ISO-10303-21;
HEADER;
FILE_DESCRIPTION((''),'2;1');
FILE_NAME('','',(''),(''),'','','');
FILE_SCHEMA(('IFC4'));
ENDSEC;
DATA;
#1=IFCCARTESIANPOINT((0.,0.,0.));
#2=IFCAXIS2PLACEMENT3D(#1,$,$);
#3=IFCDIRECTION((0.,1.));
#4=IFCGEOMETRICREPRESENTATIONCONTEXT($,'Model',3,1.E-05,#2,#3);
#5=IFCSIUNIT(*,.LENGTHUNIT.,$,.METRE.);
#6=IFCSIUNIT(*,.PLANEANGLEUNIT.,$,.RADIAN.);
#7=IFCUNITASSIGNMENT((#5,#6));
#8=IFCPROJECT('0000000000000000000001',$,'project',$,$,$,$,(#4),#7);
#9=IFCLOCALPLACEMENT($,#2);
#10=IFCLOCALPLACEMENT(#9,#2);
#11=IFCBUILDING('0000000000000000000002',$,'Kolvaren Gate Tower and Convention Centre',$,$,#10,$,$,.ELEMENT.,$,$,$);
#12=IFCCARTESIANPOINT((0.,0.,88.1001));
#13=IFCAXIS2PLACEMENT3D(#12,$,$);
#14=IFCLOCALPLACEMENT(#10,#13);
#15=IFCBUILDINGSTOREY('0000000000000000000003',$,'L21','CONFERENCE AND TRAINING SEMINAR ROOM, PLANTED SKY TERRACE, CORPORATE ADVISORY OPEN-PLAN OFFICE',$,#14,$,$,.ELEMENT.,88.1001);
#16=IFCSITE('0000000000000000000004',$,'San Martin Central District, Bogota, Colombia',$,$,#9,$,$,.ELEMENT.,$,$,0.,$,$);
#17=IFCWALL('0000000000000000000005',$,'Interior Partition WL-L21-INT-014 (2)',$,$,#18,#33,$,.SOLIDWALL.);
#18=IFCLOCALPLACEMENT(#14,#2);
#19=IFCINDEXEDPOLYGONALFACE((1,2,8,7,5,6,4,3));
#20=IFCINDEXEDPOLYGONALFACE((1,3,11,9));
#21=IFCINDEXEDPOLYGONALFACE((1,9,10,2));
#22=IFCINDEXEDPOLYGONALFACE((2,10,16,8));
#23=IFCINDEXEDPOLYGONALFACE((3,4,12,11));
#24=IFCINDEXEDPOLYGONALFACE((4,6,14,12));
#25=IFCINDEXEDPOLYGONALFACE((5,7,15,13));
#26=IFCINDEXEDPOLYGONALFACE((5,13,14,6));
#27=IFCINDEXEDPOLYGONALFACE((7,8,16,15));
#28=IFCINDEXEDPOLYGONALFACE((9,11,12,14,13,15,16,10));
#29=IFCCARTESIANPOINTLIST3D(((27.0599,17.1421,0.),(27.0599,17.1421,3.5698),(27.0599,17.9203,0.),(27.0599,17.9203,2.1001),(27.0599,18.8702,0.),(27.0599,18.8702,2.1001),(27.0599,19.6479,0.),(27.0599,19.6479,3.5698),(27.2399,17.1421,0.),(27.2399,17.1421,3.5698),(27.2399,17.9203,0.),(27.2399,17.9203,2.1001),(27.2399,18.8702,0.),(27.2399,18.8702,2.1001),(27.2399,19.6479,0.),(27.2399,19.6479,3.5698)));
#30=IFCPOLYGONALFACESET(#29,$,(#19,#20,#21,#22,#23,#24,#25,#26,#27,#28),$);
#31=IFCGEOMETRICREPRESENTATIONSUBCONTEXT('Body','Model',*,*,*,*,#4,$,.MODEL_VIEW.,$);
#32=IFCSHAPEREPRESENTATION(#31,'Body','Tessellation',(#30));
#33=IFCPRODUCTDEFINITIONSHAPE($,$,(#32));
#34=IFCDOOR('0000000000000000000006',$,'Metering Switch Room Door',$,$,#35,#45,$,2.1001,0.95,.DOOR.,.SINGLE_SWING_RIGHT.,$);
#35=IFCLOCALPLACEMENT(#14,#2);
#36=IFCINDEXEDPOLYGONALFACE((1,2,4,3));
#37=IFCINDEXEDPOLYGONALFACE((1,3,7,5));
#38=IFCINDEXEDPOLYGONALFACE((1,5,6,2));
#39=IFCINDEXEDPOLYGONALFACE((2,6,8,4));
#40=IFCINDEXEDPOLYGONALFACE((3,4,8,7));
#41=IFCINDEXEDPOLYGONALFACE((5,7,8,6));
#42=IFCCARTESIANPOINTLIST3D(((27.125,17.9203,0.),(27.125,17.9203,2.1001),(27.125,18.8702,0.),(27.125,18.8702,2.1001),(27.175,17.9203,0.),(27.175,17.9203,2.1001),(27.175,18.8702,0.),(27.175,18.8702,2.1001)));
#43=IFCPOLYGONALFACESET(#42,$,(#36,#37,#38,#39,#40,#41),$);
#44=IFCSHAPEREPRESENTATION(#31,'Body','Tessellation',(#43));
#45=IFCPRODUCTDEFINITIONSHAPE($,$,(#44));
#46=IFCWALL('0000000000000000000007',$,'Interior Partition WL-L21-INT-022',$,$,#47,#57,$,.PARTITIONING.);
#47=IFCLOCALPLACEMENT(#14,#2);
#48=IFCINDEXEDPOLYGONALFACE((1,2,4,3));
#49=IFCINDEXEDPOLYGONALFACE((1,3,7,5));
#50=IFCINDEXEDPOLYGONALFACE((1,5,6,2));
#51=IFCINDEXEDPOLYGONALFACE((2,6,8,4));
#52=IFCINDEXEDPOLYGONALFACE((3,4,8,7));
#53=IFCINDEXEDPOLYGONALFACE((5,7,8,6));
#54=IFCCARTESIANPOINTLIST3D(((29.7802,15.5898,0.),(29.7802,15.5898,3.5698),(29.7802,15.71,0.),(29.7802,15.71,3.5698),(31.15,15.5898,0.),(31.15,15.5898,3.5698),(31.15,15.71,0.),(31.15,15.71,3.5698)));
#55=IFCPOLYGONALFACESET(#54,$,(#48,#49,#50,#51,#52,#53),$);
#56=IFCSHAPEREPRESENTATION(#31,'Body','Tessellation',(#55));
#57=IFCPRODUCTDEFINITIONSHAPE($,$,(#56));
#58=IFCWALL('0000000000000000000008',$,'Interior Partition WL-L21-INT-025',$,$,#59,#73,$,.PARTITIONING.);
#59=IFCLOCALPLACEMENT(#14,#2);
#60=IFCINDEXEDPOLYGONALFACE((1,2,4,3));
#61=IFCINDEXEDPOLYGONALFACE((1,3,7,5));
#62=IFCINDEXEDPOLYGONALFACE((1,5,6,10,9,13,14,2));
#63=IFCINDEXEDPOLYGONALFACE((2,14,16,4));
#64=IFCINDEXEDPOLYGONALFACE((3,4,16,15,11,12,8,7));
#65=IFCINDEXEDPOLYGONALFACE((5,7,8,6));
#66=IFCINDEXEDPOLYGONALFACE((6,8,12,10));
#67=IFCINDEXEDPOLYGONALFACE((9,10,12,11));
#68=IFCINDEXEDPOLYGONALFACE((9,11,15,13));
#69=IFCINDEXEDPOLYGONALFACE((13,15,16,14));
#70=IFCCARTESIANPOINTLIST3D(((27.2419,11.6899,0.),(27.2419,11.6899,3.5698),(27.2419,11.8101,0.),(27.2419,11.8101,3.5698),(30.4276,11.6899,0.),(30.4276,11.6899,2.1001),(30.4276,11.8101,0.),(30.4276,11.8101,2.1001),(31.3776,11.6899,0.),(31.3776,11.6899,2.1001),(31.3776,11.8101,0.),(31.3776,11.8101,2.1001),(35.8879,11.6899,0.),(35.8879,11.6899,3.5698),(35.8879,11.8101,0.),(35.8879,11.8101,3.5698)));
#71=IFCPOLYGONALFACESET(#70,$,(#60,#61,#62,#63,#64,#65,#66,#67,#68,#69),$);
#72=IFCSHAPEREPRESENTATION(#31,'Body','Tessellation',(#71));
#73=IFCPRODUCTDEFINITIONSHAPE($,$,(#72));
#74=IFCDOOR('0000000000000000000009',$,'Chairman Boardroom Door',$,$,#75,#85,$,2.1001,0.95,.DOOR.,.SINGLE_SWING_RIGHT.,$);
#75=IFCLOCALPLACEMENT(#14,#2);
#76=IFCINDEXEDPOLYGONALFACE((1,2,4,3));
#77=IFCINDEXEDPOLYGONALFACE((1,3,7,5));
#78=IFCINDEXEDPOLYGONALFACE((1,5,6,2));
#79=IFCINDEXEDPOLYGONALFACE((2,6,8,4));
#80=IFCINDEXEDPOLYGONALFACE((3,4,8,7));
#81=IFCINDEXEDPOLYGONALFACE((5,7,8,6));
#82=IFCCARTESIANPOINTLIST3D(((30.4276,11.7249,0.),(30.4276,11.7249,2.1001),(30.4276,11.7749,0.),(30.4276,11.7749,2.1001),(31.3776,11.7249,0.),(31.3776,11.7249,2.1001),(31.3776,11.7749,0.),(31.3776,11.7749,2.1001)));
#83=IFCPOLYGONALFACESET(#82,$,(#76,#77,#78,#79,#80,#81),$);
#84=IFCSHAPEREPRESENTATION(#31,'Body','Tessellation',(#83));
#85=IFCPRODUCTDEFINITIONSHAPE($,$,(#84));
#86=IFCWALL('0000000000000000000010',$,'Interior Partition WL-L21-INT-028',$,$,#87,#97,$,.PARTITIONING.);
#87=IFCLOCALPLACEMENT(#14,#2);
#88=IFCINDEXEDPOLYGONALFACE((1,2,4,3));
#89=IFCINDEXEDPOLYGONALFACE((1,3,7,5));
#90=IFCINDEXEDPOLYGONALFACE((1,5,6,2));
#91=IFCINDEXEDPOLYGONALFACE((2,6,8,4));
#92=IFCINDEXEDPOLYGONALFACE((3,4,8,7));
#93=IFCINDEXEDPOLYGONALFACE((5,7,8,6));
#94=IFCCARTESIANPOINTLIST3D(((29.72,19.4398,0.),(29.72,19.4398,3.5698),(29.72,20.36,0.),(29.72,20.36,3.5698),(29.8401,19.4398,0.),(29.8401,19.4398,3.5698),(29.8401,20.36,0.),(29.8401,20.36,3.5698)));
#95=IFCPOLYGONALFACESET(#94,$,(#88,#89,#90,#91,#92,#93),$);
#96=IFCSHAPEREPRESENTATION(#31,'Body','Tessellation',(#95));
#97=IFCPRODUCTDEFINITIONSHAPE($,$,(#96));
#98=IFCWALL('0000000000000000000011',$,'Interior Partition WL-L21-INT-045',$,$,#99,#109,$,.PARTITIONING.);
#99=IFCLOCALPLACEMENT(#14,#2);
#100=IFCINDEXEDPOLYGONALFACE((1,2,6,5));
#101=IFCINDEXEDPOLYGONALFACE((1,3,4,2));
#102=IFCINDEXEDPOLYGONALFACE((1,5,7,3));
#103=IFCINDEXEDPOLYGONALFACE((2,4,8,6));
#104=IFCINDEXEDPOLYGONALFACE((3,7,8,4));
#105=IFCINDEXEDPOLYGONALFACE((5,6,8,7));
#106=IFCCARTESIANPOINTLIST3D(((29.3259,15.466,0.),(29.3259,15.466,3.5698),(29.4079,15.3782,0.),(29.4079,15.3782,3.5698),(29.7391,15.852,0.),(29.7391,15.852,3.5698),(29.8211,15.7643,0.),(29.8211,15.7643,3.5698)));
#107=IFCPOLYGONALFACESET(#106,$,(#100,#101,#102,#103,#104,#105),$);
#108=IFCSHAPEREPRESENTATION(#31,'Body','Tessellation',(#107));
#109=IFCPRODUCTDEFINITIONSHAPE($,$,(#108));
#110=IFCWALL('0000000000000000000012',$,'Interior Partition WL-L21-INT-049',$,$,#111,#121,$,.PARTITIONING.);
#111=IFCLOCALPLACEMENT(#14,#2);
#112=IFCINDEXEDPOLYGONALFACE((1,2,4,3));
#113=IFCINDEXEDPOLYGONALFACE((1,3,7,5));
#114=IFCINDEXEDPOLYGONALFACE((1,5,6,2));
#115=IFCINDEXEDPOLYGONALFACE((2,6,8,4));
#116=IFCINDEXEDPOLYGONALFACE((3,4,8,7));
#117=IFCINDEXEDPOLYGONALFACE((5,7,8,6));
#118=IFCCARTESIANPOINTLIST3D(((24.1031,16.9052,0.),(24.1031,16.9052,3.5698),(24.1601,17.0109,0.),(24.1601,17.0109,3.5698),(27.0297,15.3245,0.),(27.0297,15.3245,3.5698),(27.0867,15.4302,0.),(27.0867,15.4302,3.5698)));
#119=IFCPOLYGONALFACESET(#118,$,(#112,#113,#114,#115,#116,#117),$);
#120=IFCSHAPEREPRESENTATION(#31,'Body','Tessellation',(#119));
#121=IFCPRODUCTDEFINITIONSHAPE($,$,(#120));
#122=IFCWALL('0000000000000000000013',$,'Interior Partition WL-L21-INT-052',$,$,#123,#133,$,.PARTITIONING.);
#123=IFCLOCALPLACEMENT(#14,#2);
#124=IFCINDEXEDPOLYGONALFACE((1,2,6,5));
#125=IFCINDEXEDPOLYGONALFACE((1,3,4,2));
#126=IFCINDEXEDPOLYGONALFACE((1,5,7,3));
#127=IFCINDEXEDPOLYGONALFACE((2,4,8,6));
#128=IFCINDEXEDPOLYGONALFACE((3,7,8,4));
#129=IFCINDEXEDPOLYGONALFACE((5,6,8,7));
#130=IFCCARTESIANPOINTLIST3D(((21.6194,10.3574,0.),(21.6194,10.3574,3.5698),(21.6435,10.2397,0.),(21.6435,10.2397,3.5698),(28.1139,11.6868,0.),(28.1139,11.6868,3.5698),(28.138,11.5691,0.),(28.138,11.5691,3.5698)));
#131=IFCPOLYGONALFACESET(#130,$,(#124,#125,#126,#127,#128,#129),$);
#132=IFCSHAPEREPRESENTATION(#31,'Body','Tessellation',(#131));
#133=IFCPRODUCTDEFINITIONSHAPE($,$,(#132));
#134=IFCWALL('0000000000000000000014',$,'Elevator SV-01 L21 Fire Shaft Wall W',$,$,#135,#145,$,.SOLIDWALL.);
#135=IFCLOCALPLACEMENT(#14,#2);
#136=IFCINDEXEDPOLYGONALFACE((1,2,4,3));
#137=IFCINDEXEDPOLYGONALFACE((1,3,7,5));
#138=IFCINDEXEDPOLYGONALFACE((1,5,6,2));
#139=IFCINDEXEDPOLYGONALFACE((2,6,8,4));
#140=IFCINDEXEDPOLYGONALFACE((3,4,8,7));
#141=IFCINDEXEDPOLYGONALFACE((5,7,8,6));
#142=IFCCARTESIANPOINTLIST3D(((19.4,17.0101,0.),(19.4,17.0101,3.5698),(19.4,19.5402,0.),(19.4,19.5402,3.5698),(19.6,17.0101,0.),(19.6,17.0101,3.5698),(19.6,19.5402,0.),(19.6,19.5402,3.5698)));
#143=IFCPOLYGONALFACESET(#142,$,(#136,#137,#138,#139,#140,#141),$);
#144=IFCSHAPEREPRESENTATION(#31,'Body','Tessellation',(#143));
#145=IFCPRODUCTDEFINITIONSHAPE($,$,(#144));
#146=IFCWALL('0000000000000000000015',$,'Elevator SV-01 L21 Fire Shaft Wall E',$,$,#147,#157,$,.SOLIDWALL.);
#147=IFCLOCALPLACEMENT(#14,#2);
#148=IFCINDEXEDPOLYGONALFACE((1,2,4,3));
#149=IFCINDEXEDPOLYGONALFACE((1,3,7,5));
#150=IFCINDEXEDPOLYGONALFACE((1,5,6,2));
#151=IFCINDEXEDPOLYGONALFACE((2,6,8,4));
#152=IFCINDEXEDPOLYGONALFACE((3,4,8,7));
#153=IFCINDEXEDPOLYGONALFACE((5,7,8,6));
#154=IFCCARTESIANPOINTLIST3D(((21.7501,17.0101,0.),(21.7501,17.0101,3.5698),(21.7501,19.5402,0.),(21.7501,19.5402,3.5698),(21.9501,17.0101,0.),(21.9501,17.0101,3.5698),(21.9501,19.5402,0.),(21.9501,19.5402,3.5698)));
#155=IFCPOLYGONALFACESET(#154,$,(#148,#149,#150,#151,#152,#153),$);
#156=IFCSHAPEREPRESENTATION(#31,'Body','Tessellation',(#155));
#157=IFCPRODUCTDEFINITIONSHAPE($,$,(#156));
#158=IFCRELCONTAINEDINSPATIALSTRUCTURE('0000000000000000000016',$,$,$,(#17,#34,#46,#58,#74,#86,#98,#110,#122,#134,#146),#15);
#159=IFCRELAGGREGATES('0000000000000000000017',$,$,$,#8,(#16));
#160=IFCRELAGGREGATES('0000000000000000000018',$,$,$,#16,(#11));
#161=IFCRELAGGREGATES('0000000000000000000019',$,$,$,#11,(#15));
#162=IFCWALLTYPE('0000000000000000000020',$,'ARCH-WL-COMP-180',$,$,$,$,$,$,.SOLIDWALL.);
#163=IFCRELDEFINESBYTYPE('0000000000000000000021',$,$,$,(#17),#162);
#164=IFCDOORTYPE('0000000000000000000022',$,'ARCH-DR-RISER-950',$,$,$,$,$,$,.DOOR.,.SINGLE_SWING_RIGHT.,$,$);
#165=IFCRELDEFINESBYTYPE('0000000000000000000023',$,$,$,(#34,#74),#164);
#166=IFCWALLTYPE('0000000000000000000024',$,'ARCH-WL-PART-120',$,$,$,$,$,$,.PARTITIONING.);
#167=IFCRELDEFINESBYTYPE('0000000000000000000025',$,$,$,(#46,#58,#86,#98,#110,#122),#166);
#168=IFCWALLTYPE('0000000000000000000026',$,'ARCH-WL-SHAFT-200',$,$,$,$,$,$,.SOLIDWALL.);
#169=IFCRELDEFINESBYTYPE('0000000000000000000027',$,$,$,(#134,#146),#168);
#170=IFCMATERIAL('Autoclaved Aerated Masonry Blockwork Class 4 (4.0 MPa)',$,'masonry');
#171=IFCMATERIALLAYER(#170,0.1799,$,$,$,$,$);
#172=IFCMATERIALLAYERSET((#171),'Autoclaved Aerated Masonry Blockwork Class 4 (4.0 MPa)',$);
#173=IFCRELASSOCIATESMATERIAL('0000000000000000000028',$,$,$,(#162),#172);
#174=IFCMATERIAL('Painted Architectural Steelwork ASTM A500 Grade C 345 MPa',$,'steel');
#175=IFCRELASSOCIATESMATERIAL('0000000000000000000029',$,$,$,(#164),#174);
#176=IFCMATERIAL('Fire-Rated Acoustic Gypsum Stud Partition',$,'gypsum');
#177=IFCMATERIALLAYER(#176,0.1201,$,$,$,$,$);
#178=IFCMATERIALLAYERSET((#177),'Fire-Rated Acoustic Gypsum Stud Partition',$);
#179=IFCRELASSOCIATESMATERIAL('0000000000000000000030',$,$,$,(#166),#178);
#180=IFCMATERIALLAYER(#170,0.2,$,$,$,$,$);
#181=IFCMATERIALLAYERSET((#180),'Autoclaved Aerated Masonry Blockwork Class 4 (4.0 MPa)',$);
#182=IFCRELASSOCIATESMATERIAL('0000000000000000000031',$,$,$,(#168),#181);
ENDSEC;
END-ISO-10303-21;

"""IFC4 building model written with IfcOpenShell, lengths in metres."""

from ifc_helpers import new_model, si_unit, direction, frame, frame_2d, origin, place, context, subcontext, project, spatial, rectangle, extrude, material, layer, layer_set, type_object, element, fill, save


model = new_model("IFC4")

# Units and contexts
model_context = context("Model", 3, precision=1e-05, world=origin(), true_north=direction((0.0, 1.0)))
body_context = subcontext(model_context, "Body", "Model", "MODEL_VIEW")
ifc_project = project(units=[si_unit("LENGTHUNIT", "METRE"), si_unit("PLANEANGLEUNIT", "RADIAN")], contexts=[model_context])

# Site, building, storey
site_placement = place(None, origin())
site = spatial("IfcSite", under=ifc_project, at=site_placement, Name="San Martin Central District, Bogota, Colombia", CompositionType="ELEMENT", RefElevation=0.0)
building_placement = place(site_placement, origin())
building = spatial("IfcBuilding", under=site, at=building_placement, Name="Kolvaren Gate Tower and Convention Centre", CompositionType="ELEMENT")
storey_placement = place(building_placement, frame((0.0, 0.0, 88.1001)))
storey = spatial("IfcBuildingStorey", under=building, at=storey_placement, Name="L21", Description="CONFERENCE AND TRAINING SEMINAR ROOM, PLANTED SKY TERRACE, CORPORATE ADVISORY OPEN-PLAN OFFICE", CompositionType="ELEMENT", Elevation=88.1001)

# Shared definitions
ifc_material_1 = material(Name="Autoclaved Aerated Masonry Blockwork Class 4 (4.0 MPa)", Category="masonry")
ifc_layer_1 = layer(ifc_material_1, 0.1799)
ifc_layer_set_1 = layer_set([ifc_layer_1], Name="Autoclaved Aerated Masonry Blockwork Class 4 (4.0 MPa)")
wall_type_1 = type_object("IfcWallType", Name="ARCH-WL-COMP-180", PredefinedType="SOLIDWALL", material=ifc_layer_set_1)

# Wall, opening, door
ifc_material_2 = material(Name="Painted Architectural Steelwork ASTM A500 Grade C 345 MPa", Category="steel")
door_type = type_object("IfcDoorType", Name="ARCH-DR-RISER-950", OperationType="SINGLE_SWING_RIGHT", PredefinedType="DOOR", material=ifc_material_2)
wall_1_placement = place(storey_placement, frame((27.1499, 17.1421, 0.0), z_axis=(0.0, 0.0, 1.0), x_axis=(0.0, 1.0, 0.0)))
wall_1 = element("IfcWall", 1, at=wall_1_placement, inside=storey, type_object=wall_type_1, Name="Interior Partition WL-L21-INT-014 (2)", PredefinedType="SOLIDWALL", context=body_context, shape_type="SweptSolid", body=[
    extrude(rectangle(XDim=2.5059, YDim=0.1799, at=frame_2d((1.2529, 0.0))), origin(), (0.0, 0.0, 1.0), 3.5698),
])
opening_1_placement = place(wall_1_placement, frame((0.7781, 0.0, 0.0)))
opening_1 = element("IfcOpeningElement", 2, at=opening_1_placement, cuts=wall_1, PredefinedType="OPENING", context=body_context, shape_type="SweptSolid", body=[
    extrude(rectangle(XDim=0.95, YDim=2.1001, at=frame_2d((0.4751, 1.05))), frame((0.0, 0.0999, 0.0), z_axis=(0.0, -1.0, 0.0), x_axis=(1.0, 0.0, 0.0)), (0.0, 0.0, 1.0), 0.2),
])
door_1_placement = place(opening_1_placement, origin())
door_1 = element("IfcDoor", 3, at=door_1_placement, inside=storey, type_object=door_type, Name="Metering Switch Room Door", OperationType="SINGLE_SWING_RIGHT", OverallHeight=2.1001, OverallWidth=0.95, PredefinedType="DOOR", context=body_context, shape_type="SweptSolid", body=[
    extrude(rectangle(XDim=0.95, YDim=2.1001, at=frame_2d((0.4751, 1.05))), frame((0.0, 0.0249, 0.0), z_axis=(0.0, -1.0, 0.0), x_axis=(1.0, 0.0, 0.0)), (0.0, 0.0, 1.0), 0.05),
])
fill(opening_1, door_1)

# Wall
ifc_material_3 = material(Name="Fire-Rated Acoustic Gypsum Stud Partition", Category="gypsum")
ifc_layer_2 = layer(ifc_material_3, 0.1201)
ifc_layer_set_2 = layer_set([ifc_layer_2], Name="Fire-Rated Acoustic Gypsum Stud Partition")
wall_type_2 = type_object("IfcWallType", Name="ARCH-WL-PART-120", PredefinedType="PARTITIONING", material=ifc_layer_set_2)
wall_2_placement = place(storey_placement, frame((29.78, 15.6499, 0.0), z_axis=(0.0, 0.0, 1.0), x_axis=(1.0, 0.0, 0.0)))
element("IfcWall", 4, at=wall_2_placement, inside=storey, type_object=wall_type_2, Name="Interior Partition WL-L21-INT-022", PredefinedType="PARTITIONING", context=body_context, shape_type="SweptSolid", body=[
    extrude(rectangle(XDim=1.3699, YDim=0.1201, at=frame_2d((0.6851, 0.0))), origin(), (0.0, 0.0, 1.0), 3.5698),
])

# Wall, opening, door
wall_3_placement = place(storey_placement, frame((27.2419, 11.75, 0.0), z_axis=(0.0, 0.0, 1.0), x_axis=(1.0, 0.0, 0.0)))
wall_3 = element("IfcWall", 5, at=wall_3_placement, inside=storey, type_object=wall_type_2, Name="Interior Partition WL-L21-INT-025", PredefinedType="PARTITIONING", context=body_context, shape_type="SweptSolid", body=[
    extrude(rectangle(XDim=8.646, YDim=0.1201, at=frame_2d((4.323, 0.0))), origin(), (0.0, 0.0, 1.0), 3.5698),
])
opening_2_placement = place(wall_3_placement, frame((3.1855, 0.0, 0.0)))
opening_2 = element("IfcOpeningElement", 6, at=opening_2_placement, cuts=wall_3, PredefinedType="OPENING", context=body_context, shape_type="SweptSolid", body=[
    extrude(rectangle(XDim=0.95, YDim=2.1001, at=frame_2d((0.4751, 1.05))), frame((0.0, 0.0701, 0.0), z_axis=(0.0, -1.0, 0.0), x_axis=(1.0, 0.0, 0.0)), (0.0, 0.0, 1.0), 0.1401),
])
door_2_placement = place(opening_2_placement, origin())
door_2 = element("IfcDoor", 7, at=door_2_placement, inside=storey, type_object=door_type, Name="Chairman Boardroom Door", OperationType="SINGLE_SWING_RIGHT", OverallHeight=2.1001, OverallWidth=0.95, PredefinedType="DOOR", context=body_context, shape_type="SweptSolid", body=[
    extrude(rectangle(XDim=0.95, YDim=2.1001, at=frame_2d((0.4751, 1.05))), frame((0.0, 0.0249, 0.0), z_axis=(0.0, -1.0, 0.0), x_axis=(1.0, 0.0, 0.0)), (0.0, 0.0, 1.0), 0.05),
])
fill(opening_2, door_2)

# Walls
wall_4_placement = place(storey_placement, frame((29.78, 19.4399, 0.0), z_axis=(0.0, 0.0, 1.0), x_axis=(0.0, 1.0, 0.0)))
element("IfcWall", 8, at=wall_4_placement, inside=storey, type_object=wall_type_2, Name="Interior Partition WL-L21-INT-028", PredefinedType="PARTITIONING", context=body_context, shape_type="SweptSolid", body=[
    extrude(rectangle(XDim=0.9202, YDim=0.1201, at=frame_2d((0.46, 0.0))), origin(), (0.0, 0.0, 1.0), 3.5698),
])
wall_5_placement = place(storey_placement, frame((29.3669, 15.4221, 0.0), z_axis=(0.0, 0.0, 1.0), x_axis=(0.730667, 0.682734, 0.0)))
element("IfcWall", 9, at=wall_5_placement, inside=storey, type_object=wall_type_2, Name="Interior Partition WL-L21-INT-045", PredefinedType="PARTITIONING", context=body_context, shape_type="SweptSolid", body=[
    extrude(rectangle(XDim=0.5654, YDim=0.1201, at=frame_2d((0.2827, 0.0))), origin(), (0.0, 0.0, 1.0), 3.5698),
])
wall_6_placement = place(storey_placement, frame((24.1316, 16.958, 0.0), z_axis=(0.0, 0.0, 1.0), x_axis=(0.879874, -0.475207, 0.0)))
element("IfcWall", 10, at=wall_6_placement, inside=storey, type_object=wall_type_2, Name="Interior Partition WL-L21-INT-049", PredefinedType="PARTITIONING", context=body_context, shape_type="SweptSolid", body=[
    extrude(rectangle(XDim=3.3262, YDim=0.1201, at=frame_2d((1.6631, 0.0))), origin(), (0.0, 0.0, 1.0), 3.5698),
])
wall_7_placement = place(storey_placement, frame((21.6316, 10.2986, 0.0), z_axis=(0.0, 0.0, 1.0), x_axis=(0.979687, 0.200534, 0.0)))
element("IfcWall", 11, at=wall_7_placement, inside=storey, type_object=wall_type_2, Name="Interior Partition WL-L21-INT-052", PredefinedType="PARTITIONING", context=body_context, shape_type="SweptSolid", body=[
    extrude(rectangle(XDim=6.6292, YDim=0.1201, at=frame_2d((3.3145, 0.0))), origin(), (0.0, 0.0, 1.0), 3.5698),
])
ifc_layer_3 = layer(ifc_material_1, 0.2)
ifc_layer_set_3 = layer_set([ifc_layer_3], Name="Autoclaved Aerated Masonry Blockwork Class 4 (4.0 MPa)")
wall_type_3 = type_object("IfcWallType", Name="ARCH-WL-SHAFT-200", PredefinedType="SOLIDWALL", material=ifc_layer_set_3)
for number, where, z_axis, x_axis, name in (
    (12, (19.5, 17.01, 0.0), (0.0, 0.0, 1.0), (0.0, 1.0, 0.0), "Elevator SV-01 L21 Fire Shaft Wall W"),
    (13, (21.8501, 17.01, 0.0), (0.0, 0.0, 1.0), (0.0, 1.0, 0.0), "Elevator SV-01 L21 Fire Shaft Wall E"),
):
    element("IfcWall", number, at=place(storey_placement, frame(where, z_axis=z_axis, x_axis=x_axis)), inside=storey, type_object=wall_type_3, Name=name, PredefinedType="SOLIDWALL", context=body_context, shape_type="SweptSolid", body=[
        extrude(rectangle(XDim=2.53, YDim=0.2, at=frame_2d((1.2651, 0.0))), origin(), (0.0, 0.0, 1.0), 3.5698),
    ])

save(model, "model.ifc")
